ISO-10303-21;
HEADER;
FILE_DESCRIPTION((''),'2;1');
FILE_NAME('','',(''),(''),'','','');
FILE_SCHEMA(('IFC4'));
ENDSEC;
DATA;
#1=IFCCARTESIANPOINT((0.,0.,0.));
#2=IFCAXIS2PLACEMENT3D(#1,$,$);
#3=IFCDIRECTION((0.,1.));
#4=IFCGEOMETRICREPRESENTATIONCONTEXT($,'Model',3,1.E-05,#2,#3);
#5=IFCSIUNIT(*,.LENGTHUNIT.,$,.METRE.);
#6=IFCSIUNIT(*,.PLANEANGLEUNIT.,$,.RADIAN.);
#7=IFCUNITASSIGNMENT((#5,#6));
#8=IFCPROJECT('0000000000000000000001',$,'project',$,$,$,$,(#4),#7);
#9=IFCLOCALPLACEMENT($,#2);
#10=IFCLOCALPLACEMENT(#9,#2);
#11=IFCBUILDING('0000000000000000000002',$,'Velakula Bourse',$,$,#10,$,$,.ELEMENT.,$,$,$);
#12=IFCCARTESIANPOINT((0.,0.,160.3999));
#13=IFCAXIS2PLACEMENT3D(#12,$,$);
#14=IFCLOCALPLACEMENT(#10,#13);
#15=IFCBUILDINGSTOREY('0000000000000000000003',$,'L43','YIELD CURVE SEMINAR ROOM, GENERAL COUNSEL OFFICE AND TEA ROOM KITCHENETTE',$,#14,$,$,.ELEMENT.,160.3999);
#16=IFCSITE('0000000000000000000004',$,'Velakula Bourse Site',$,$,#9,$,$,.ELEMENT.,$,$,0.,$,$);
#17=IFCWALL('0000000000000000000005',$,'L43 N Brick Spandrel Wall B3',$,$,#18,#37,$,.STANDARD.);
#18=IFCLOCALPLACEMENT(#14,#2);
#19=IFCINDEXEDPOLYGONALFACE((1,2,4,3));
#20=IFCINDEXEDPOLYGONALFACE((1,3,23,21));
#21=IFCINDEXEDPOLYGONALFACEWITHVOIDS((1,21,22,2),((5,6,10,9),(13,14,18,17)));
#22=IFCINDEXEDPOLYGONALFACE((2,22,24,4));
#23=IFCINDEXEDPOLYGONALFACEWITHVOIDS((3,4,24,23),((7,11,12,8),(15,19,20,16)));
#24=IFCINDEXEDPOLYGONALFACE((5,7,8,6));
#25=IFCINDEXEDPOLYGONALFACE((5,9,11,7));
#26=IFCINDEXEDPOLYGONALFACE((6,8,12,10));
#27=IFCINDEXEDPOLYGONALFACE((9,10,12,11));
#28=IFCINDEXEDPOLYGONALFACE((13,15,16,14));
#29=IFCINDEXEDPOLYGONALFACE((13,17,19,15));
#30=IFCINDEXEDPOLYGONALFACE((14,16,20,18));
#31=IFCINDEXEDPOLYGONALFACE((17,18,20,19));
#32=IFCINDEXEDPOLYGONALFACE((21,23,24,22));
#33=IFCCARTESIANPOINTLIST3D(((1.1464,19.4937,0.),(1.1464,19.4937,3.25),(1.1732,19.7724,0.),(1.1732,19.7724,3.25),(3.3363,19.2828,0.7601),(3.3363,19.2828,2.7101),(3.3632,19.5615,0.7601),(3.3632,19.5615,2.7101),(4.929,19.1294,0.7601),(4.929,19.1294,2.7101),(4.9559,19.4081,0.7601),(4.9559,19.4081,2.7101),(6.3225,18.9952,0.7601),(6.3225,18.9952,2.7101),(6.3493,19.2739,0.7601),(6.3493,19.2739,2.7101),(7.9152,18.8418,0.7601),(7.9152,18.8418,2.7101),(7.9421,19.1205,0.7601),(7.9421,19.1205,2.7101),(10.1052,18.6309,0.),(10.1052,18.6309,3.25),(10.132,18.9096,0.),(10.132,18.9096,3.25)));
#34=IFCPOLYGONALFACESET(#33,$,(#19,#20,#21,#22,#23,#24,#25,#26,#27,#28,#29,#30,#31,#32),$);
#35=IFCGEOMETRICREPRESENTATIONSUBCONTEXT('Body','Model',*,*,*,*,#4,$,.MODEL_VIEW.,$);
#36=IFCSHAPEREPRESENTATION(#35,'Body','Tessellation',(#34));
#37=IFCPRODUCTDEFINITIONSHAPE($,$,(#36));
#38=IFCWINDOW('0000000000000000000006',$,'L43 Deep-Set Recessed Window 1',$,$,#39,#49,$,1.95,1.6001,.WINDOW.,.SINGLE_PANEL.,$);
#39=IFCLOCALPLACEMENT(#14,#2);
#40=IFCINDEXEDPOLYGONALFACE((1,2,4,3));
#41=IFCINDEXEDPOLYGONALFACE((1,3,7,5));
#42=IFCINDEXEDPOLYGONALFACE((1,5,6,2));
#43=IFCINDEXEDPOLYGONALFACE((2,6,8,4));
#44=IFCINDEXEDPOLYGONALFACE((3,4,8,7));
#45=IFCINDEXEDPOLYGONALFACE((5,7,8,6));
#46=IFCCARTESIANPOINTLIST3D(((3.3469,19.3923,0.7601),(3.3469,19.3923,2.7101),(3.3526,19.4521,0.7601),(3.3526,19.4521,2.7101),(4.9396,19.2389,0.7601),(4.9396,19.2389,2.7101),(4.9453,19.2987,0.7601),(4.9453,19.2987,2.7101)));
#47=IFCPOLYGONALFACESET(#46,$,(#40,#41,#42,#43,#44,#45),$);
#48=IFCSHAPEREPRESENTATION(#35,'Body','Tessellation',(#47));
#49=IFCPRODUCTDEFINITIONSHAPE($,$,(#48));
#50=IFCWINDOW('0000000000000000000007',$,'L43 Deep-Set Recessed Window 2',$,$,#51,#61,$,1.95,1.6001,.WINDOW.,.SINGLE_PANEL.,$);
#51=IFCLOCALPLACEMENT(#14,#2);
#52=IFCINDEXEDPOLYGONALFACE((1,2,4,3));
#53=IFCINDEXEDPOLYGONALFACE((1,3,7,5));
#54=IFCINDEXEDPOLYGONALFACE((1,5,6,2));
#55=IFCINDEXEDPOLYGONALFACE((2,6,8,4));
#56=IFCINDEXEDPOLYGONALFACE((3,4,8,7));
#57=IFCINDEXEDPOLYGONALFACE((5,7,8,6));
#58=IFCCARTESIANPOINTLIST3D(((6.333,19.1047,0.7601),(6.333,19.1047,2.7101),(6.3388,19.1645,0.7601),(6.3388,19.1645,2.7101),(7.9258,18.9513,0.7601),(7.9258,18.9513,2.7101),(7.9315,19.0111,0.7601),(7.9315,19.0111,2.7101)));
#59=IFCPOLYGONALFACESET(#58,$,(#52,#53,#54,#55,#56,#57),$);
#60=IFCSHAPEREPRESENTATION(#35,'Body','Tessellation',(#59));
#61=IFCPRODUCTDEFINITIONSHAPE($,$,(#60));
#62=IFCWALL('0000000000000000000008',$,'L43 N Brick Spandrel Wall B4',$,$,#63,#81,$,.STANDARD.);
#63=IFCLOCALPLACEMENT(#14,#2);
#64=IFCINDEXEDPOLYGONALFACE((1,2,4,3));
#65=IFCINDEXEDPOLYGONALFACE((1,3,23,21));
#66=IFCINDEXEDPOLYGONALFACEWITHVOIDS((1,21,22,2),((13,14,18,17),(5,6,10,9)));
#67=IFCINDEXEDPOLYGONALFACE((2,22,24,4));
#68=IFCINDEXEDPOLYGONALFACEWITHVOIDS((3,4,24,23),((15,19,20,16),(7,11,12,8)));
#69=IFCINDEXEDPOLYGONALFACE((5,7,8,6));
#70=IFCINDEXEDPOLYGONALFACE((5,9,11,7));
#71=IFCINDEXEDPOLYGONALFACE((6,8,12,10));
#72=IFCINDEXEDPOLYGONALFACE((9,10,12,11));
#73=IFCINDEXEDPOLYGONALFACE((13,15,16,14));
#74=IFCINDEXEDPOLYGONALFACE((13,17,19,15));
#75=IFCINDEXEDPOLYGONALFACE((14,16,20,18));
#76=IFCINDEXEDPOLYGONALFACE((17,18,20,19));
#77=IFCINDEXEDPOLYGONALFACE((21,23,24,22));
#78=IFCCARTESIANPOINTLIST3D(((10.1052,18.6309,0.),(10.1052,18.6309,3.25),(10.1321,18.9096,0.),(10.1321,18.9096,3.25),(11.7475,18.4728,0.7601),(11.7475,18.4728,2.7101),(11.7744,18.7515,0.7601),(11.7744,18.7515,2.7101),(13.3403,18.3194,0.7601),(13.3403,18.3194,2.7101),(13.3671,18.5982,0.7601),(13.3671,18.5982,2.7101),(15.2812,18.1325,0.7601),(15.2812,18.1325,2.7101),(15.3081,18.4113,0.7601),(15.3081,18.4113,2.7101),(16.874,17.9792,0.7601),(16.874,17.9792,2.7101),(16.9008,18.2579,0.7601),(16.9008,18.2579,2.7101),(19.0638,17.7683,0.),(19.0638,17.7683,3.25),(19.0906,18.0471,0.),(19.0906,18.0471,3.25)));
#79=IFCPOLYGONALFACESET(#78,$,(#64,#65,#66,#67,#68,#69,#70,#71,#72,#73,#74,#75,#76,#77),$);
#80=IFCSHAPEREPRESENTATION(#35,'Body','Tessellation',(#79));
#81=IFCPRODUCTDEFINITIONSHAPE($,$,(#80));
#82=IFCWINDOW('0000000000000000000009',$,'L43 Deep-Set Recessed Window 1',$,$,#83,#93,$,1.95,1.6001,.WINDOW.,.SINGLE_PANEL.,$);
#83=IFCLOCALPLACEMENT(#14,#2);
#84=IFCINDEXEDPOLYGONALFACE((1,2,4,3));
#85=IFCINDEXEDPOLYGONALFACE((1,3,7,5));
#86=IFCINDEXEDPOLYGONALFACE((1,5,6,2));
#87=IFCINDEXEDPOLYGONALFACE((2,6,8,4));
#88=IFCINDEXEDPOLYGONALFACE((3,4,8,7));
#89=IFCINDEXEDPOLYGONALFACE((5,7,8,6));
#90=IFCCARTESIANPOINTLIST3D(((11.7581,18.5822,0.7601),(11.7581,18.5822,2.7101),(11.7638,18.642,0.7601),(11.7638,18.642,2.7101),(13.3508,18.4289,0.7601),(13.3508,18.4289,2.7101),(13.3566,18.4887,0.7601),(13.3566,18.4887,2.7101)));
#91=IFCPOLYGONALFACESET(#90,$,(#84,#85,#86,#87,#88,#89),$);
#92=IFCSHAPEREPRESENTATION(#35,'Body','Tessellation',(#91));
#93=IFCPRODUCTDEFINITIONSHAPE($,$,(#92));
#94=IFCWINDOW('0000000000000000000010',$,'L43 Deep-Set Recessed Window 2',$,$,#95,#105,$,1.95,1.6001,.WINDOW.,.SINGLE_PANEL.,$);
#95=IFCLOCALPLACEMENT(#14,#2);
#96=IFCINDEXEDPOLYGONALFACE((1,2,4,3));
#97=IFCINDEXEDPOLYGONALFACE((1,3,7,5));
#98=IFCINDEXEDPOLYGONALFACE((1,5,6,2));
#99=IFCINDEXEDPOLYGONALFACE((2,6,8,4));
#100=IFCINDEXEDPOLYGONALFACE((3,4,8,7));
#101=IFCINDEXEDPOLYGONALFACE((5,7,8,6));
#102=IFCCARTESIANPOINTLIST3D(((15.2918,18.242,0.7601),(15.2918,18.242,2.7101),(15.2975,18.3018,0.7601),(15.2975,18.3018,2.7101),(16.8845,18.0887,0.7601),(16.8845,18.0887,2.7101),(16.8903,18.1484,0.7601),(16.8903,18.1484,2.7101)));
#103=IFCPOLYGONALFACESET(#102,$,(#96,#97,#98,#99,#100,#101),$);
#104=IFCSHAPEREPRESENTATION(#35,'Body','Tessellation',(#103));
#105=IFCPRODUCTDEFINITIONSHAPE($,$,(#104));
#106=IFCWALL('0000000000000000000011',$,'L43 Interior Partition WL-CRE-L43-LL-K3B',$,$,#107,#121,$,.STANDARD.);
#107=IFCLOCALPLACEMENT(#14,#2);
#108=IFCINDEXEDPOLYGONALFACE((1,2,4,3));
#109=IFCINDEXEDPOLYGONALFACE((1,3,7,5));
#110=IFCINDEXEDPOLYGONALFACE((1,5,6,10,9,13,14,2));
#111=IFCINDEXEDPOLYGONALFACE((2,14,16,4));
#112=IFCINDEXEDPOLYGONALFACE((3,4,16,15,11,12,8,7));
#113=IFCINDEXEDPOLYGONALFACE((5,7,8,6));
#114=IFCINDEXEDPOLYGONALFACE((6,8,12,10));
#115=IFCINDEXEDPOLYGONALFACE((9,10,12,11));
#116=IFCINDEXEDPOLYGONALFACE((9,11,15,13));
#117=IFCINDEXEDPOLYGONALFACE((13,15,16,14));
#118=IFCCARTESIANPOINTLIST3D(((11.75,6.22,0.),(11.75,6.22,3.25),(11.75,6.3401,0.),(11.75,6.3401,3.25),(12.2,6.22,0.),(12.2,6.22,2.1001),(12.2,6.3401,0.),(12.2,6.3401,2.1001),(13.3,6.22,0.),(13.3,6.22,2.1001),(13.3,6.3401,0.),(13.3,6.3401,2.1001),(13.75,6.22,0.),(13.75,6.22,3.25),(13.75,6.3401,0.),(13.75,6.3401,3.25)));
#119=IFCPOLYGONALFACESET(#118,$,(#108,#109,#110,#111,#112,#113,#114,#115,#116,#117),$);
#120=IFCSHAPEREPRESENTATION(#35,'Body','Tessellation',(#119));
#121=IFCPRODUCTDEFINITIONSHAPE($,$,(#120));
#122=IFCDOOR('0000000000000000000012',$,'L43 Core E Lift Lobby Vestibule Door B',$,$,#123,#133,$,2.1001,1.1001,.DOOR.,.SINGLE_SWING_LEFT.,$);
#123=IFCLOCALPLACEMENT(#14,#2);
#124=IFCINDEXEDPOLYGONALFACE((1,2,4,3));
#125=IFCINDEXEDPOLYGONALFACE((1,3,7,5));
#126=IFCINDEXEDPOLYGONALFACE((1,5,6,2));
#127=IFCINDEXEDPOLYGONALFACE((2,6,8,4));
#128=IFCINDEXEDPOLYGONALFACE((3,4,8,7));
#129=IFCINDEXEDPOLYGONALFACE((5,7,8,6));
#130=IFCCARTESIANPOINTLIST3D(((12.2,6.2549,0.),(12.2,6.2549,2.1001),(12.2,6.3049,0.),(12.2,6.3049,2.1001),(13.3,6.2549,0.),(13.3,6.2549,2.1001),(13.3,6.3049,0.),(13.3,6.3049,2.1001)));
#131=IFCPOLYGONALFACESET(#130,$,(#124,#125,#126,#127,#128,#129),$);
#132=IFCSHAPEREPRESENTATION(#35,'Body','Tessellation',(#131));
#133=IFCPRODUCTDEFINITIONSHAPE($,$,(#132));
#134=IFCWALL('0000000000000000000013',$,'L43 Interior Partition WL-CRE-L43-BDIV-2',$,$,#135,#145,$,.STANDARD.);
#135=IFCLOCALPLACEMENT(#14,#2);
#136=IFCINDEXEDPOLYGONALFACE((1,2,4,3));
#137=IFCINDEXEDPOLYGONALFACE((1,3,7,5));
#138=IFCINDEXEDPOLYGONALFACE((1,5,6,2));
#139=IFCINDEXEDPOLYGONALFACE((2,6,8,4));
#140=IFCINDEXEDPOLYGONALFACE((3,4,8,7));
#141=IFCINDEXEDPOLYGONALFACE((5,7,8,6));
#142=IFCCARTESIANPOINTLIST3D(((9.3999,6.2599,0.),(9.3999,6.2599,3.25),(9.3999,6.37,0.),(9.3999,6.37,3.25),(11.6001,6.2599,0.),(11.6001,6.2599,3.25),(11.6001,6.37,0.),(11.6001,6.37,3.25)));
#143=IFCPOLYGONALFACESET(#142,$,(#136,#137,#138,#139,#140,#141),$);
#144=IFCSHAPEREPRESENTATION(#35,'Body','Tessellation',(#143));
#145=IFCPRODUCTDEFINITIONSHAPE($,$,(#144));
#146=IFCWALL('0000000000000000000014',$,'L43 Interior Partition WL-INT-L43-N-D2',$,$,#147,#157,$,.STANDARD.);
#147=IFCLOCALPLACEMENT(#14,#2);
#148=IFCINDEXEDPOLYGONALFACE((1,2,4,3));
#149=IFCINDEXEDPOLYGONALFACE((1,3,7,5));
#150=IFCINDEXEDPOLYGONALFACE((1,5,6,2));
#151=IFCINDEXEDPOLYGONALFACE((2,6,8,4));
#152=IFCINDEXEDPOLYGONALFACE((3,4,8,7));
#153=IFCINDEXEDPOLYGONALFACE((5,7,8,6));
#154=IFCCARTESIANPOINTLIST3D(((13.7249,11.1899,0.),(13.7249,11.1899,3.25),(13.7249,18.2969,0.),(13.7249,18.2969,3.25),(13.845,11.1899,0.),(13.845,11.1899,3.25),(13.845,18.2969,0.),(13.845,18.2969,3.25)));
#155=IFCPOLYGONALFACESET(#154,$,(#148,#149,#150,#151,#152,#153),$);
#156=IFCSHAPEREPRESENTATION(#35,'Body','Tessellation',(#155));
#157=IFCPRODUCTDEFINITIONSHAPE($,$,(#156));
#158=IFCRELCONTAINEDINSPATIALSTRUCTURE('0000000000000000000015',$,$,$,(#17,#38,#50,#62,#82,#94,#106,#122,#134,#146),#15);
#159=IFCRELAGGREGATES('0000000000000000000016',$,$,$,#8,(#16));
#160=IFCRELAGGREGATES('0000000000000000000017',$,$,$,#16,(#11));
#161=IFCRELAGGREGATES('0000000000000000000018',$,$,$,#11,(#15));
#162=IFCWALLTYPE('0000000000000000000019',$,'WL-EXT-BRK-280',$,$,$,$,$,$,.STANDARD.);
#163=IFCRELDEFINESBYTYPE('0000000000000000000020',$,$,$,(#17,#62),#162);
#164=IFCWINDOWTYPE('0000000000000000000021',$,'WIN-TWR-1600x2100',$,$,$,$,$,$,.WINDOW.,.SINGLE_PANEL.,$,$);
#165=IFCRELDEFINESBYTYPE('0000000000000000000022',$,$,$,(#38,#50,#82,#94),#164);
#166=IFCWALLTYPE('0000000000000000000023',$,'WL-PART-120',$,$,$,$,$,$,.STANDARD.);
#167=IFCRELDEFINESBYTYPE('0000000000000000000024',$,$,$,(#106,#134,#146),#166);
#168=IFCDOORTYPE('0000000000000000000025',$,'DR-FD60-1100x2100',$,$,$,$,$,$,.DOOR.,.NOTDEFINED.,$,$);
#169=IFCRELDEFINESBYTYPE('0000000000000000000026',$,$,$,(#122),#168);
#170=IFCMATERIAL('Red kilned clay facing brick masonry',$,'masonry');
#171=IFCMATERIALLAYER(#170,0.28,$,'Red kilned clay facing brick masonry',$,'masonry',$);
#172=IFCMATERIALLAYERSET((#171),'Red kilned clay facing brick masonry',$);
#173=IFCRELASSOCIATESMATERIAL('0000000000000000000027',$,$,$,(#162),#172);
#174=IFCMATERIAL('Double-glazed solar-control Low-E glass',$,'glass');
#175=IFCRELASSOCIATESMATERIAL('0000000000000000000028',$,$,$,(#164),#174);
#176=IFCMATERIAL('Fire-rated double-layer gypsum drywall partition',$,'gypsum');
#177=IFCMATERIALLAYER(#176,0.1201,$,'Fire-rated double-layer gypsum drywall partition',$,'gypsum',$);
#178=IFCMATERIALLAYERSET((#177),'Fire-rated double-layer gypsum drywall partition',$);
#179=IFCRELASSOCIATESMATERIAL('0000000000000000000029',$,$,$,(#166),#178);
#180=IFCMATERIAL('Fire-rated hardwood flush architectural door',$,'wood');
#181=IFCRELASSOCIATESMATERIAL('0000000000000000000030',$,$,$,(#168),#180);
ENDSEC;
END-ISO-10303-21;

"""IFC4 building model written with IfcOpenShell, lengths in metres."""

from ifc_helpers import new_model, si_unit, direction, frame, frame_2d, origin, place, context, subcontext, project, spatial, rectangle, extrude, material, layer, layer_set, type_object, element, fill, save


model = new_model("IFC4")

# Units and contexts
model_context = context("Model", 3, precision=1e-05, world=origin(), true_north=direction((0.0, 1.0)))
body_context = subcontext(model_context, "Body", "Model", "MODEL_VIEW")
ifc_project = project(units=[si_unit("LENGTHUNIT", "METRE"), si_unit("PLANEANGLEUNIT", "RADIAN")], contexts=[model_context])

# Site, building, storey
site_placement = place(None, origin())
site = spatial("IfcSite", under=ifc_project, at=site_placement, Name="Velakula Bourse Site", CompositionType="ELEMENT", RefElevation=0.0)
building_placement = place(site_placement, origin())
building = spatial("IfcBuilding", under=site, at=building_placement, Name="Velakula Bourse", CompositionType="ELEMENT")
storey_placement = place(building_placement, frame((0.0, 0.0, 160.3999)))
storey = spatial("IfcBuildingStorey", under=building, at=storey_placement, Name="L43", Description="YIELD CURVE SEMINAR ROOM, GENERAL COUNSEL OFFICE AND TEA ROOM KITCHENETTE", CompositionType="ELEMENT", Elevation=160.3999)

# Shared definitions
ifc_material_1 = material(Name="Fire-rated hardwood flush architectural door", Category="wood")

# Walls, openings, windows
ifc_material_2 = material(Name="Red kilned clay facing brick masonry", Category="masonry")
ifc_layer_1 = layer(ifc_material_2, 0.28, Name="Red kilned clay facing brick masonry", Category="masonry")
ifc_layer_set_1 = layer_set([ifc_layer_1], Name="Red kilned clay facing brick masonry")
wall_type_1 = type_object("IfcWallType", Name="WL-EXT-BRK-280", PredefinedType="STANDARD", material=ifc_layer_set_1)
wall_1_placement = place(storey_placement, frame((1.1599, 19.6331, 0.0), z_axis=(0.0, 0.0, 1.0), x_axis=(0.995394, -0.095864, 0.0)))
wall_1 = element("IfcWall", 1, at=wall_1_placement, inside=storey, type_object=wall_type_1, Name="L43 N Brick Spandrel Wall B3", PredefinedType="STANDARD", context=body_context, shape_type="SweptSolid", body=[
    extrude(rectangle(XDim=9.0002, YDim=0.28, at=frame_2d((4.5, 0.0))), origin(), (0.0, 0.0, 1.0), 3.25),
])
opening_1_placement = place(wall_1_placement, frame((2.2, 0.0, 0.76)))
opening_1 = element("IfcOpeningElement", 2, at=opening_1_placement, cuts=wall_1, PredefinedType="OPENING", context=body_context, shape_type="SweptSolid", body=[
    extrude(rectangle(XDim=1.6001, YDim=1.95, at=frame_2d((0.8, 0.9751))), frame((0.0, 0.1499, 0.0), z_axis=(0.0, -1.0, 0.0), x_axis=(1.0, 0.0, 0.0)), (0.0, 0.0, 1.0), 0.3),
])
opening_2_placement = place(wall_1_placement, frame((5.2, 0.0, 0.76)))
opening_2 = element("IfcOpeningElement", 3, at=opening_2_placement, cuts=wall_1, PredefinedType="OPENING", context=body_context, shape_type="SweptSolid", body=[
    extrude(rectangle(XDim=1.6001, YDim=1.95, at=frame_2d((0.8, 0.9751))), frame((0.0, 0.1499, 0.0), z_axis=(0.0, -1.0, 0.0), x_axis=(1.0, 0.0, 0.0)), (0.0, 0.0, 1.0), 0.3),
])
ifc_material_3 = material(Name="Double-glazed solar-control Low-E glass", Category="glass")
window_type = type_object("IfcWindowType", Name="WIN-TWR-1600x2100", PartitioningType="SINGLE_PANEL", PredefinedType="WINDOW", material=ifc_material_3)
window_1_placement = place(opening_1_placement, origin())
window_1 = element("IfcWindow", 4, at=window_1_placement, inside=storey, type_object=window_type, Name="L43 Deep-Set Recessed Window 1", OverallHeight=1.95, OverallWidth=1.6001, PartitioningType="SINGLE_PANEL", PredefinedType="WINDOW", context=body_context, shape_type="SweptSolid", body=[
    extrude(rectangle(XDim=1.6001, YDim=1.95, at=frame_2d((0.8, 0.9751))), frame((0.0, 0.03, 0.0), z_axis=(0.0, -1.0, 0.0), x_axis=(1.0, 0.0, 0.0)), (0.0, 0.0, 1.0), 0.0601),
])
fill(opening_1, window_1)
window_2_placement = place(opening_2_placement, origin())
window_2 = element("IfcWindow", 5, at=window_2_placement, inside=storey, type_object=window_type, Name="L43 Deep-Set Recessed Window 2", OverallHeight=1.95, OverallWidth=1.6001, PartitioningType="SINGLE_PANEL", PredefinedType="WINDOW", context=body_context, shape_type="SweptSolid", body=[
    extrude(rectangle(XDim=1.6001, YDim=1.95, at=frame_2d((0.8, 0.9751))), frame((0.0, 0.03, 0.0), z_axis=(0.0, -1.0, 0.0), x_axis=(1.0, 0.0, 0.0)), (0.0, 0.0, 1.0), 0.0601),
])
fill(opening_2, window_2)
wall_2_placement = place(storey_placement, frame((10.1187, 18.7703, 0.0), z_axis=(0.0, 0.0, 1.0), x_axis=(0.995397, -0.09584, 0.0)))
wall_2 = element("IfcWall", 6, at=wall_2_placement, inside=storey, type_object=wall_type_1, Name="L43 N Brick Spandrel Wall B4", PredefinedType="STANDARD", context=body_context, shape_type="SweptSolid", body=[
    extrude(rectangle(XDim=9.0, YDim=0.28, at=frame_2d((4.5, 0.0))), origin(), (0.0, 0.0, 1.0), 3.25),
])
opening_3_placement = place(wall_2_placement, frame((1.6499, 0.0, 0.76)))
opening_3 = element("IfcOpeningElement", 7, at=opening_3_placement, cuts=wall_2, PredefinedType="OPENING", context=body_context, shape_type="SweptSolid", body=[
    extrude(rectangle(XDim=1.6001, YDim=1.95, at=frame_2d((0.8, 0.9751))), frame((0.0, 0.1499, 0.0), z_axis=(0.0, -1.0, 0.0), x_axis=(1.0, 0.0, 0.0)), (0.0, 0.0, 1.0), 0.3),
])
opening_4_placement = place(wall_2_placement, frame((5.2, 0.0, 0.76)))
opening_4 = element("IfcOpeningElement", 8, at=opening_4_placement, cuts=wall_2, PredefinedType="OPENING", context=body_context, shape_type="SweptSolid", body=[
    extrude(rectangle(XDim=1.6001, YDim=1.95, at=frame_2d((0.8, 0.9751))), frame((0.0, 0.1499, 0.0), z_axis=(0.0, -1.0, 0.0), x_axis=(1.0, 0.0, 0.0)), (0.0, 0.0, 1.0), 0.3),
])
window_3_placement = place(opening_3_placement, origin())
window_3 = element("IfcWindow", 9, at=window_3_placement, inside=storey, type_object=window_type, Name="L43 Deep-Set Recessed Window 1", OverallHeight=1.95, OverallWidth=1.6001, PartitioningType="SINGLE_PANEL", PredefinedType="WINDOW", context=body_context, shape_type="SweptSolid", body=[
    extrude(rectangle(XDim=1.6001, YDim=1.95, at=frame_2d((0.8, 0.9751))), frame((0.0, 0.03, 0.0), z_axis=(0.0, -1.0, 0.0), x_axis=(1.0, 0.0, 0.0)), (0.0, 0.0, 1.0), 0.0601),
])
fill(opening_3, window_3)
window_4_placement = place(opening_4_placement, origin())
window_4 = element("IfcWindow", 10, at=window_4_placement, inside=storey, type_object=window_type, Name="L43 Deep-Set Recessed Window 2", OverallHeight=1.95, OverallWidth=1.6001, PartitioningType="SINGLE_PANEL", PredefinedType="WINDOW", context=body_context, shape_type="SweptSolid", body=[
    extrude(rectangle(XDim=1.6001, YDim=1.95, at=frame_2d((0.8, 0.9751))), frame((0.0, 0.03, 0.0), z_axis=(0.0, -1.0, 0.0), x_axis=(1.0, 0.0, 0.0)), (0.0, 0.0, 1.0), 0.0601),
])
fill(opening_4, window_4)

# Wall, opening, door
ifc_material_4 = material(Name="Fire-rated double-layer gypsum drywall partition", Category="gypsum")
ifc_layer_2 = layer(ifc_material_4, 0.1201, Name="Fire-rated double-layer gypsum drywall partition", Category="gypsum")
ifc_layer_set_2 = layer_set([ifc_layer_2], Name="Fire-rated double-layer gypsum drywall partition")
wall_type_2 = type_object("IfcWallType", Name="WL-PART-120", PredefinedType="STANDARD", material=ifc_layer_set_2)
wall_3_placement = place(storey_placement, frame((11.75, 6.28, 0.0), z_axis=(0.0, 0.0, 1.0), x_axis=(1.0, 0.0, 0.0)))
wall_3 = element("IfcWall", 11, at=wall_3_placement, inside=storey, type_object=wall_type_2, Name="L43 Interior Partition WL-CRE-L43-LL-K3B", PredefinedType="STANDARD", context=body_context, shape_type="SweptSolid", body=[
    extrude(rectangle(XDim=2.0, YDim=0.1201, at=frame_2d((1.0, 0.0))), origin(), (0.0, 0.0, 1.0), 3.25),
])
opening_5_placement = place(wall_3_placement, frame((0.45, 0.0, 0.0)))
opening_5 = element("IfcOpeningElement", 12, at=opening_5_placement, cuts=wall_3, PredefinedType="OPENING", context=body_context, shape_type="SweptSolid", body=[
    extrude(rectangle(XDim=1.1001, YDim=2.1001, at=frame_2d((0.55, 1.05))), frame((0.0, 0.0701, 0.0), z_axis=(0.0, -1.0, 0.0), x_axis=(1.0, 0.0, 0.0)), (0.0, 0.0, 1.0), 0.1401),
])
door_type_1 = type_object("IfcDoorType", Name="DR-FD60-1100x2100", OperationType="NOTDEFINED", PredefinedType="DOOR", material=ifc_material_1)
door_1_placement = place(opening_5_placement, origin())
door_1 = element("IfcDoor", 13, at=door_1_placement, inside=storey, type_object=door_type_1, Name="L43 Core E Lift Lobby Vestibule Door B", OperationType="SINGLE_SWING_LEFT", OverallHeight=2.1001, OverallWidth=1.1001, PredefinedType="DOOR", context=body_context, shape_type="SweptSolid", body=[
    extrude(rectangle(XDim=1.1001, YDim=2.1001, at=frame_2d((0.55, 1.05))), frame((0.0, 0.0249, 0.0), z_axis=(0.0, -1.0, 0.0), x_axis=(1.0, 0.0, 0.0)), (0.0, 0.0, 1.0), 0.05),
])
fill(opening_5, door_1)

# Walls
wall_4_placement = place(storey_placement, frame((9.3999, 6.3149, 0.0), z_axis=(0.0, 0.0, 1.0), x_axis=(1.0, 0.0, 0.0)))
element("IfcWall", 14, at=wall_4_placement, inside=storey, type_object=wall_type_2, Name="L43 Interior Partition WL-CRE-L43-BDIV-2", PredefinedType="STANDARD", context=body_context, shape_type="SweptSolid", body=[
    extrude(rectangle(XDim=2.2002, YDim=0.1101, at=frame_2d((1.1001, 0.0))), origin(), (0.0, 0.0, 1.0), 3.25),
])
wall_5_placement = place(storey_placement, frame((13.7849, 11.1899, 0.0), z_axis=(0.0, 0.0, 1.0), x_axis=(0.0, 1.0, 0.0)))
element("IfcWall", 15, at=wall_5_placement, inside=storey, type_object=wall_type_2, Name="L43 Interior Partition WL-INT-L43-N-D2", PredefinedType="STANDARD", context=body_context, shape_type="SweptSolid", body=[
    extrude(rectangle(XDim=7.1069, YDim=0.1201, at=frame_2d((3.5535, 0.0))), origin(), (0.0, 0.0, 1.0), 3.25),
])

save(model, "model.ifc")
